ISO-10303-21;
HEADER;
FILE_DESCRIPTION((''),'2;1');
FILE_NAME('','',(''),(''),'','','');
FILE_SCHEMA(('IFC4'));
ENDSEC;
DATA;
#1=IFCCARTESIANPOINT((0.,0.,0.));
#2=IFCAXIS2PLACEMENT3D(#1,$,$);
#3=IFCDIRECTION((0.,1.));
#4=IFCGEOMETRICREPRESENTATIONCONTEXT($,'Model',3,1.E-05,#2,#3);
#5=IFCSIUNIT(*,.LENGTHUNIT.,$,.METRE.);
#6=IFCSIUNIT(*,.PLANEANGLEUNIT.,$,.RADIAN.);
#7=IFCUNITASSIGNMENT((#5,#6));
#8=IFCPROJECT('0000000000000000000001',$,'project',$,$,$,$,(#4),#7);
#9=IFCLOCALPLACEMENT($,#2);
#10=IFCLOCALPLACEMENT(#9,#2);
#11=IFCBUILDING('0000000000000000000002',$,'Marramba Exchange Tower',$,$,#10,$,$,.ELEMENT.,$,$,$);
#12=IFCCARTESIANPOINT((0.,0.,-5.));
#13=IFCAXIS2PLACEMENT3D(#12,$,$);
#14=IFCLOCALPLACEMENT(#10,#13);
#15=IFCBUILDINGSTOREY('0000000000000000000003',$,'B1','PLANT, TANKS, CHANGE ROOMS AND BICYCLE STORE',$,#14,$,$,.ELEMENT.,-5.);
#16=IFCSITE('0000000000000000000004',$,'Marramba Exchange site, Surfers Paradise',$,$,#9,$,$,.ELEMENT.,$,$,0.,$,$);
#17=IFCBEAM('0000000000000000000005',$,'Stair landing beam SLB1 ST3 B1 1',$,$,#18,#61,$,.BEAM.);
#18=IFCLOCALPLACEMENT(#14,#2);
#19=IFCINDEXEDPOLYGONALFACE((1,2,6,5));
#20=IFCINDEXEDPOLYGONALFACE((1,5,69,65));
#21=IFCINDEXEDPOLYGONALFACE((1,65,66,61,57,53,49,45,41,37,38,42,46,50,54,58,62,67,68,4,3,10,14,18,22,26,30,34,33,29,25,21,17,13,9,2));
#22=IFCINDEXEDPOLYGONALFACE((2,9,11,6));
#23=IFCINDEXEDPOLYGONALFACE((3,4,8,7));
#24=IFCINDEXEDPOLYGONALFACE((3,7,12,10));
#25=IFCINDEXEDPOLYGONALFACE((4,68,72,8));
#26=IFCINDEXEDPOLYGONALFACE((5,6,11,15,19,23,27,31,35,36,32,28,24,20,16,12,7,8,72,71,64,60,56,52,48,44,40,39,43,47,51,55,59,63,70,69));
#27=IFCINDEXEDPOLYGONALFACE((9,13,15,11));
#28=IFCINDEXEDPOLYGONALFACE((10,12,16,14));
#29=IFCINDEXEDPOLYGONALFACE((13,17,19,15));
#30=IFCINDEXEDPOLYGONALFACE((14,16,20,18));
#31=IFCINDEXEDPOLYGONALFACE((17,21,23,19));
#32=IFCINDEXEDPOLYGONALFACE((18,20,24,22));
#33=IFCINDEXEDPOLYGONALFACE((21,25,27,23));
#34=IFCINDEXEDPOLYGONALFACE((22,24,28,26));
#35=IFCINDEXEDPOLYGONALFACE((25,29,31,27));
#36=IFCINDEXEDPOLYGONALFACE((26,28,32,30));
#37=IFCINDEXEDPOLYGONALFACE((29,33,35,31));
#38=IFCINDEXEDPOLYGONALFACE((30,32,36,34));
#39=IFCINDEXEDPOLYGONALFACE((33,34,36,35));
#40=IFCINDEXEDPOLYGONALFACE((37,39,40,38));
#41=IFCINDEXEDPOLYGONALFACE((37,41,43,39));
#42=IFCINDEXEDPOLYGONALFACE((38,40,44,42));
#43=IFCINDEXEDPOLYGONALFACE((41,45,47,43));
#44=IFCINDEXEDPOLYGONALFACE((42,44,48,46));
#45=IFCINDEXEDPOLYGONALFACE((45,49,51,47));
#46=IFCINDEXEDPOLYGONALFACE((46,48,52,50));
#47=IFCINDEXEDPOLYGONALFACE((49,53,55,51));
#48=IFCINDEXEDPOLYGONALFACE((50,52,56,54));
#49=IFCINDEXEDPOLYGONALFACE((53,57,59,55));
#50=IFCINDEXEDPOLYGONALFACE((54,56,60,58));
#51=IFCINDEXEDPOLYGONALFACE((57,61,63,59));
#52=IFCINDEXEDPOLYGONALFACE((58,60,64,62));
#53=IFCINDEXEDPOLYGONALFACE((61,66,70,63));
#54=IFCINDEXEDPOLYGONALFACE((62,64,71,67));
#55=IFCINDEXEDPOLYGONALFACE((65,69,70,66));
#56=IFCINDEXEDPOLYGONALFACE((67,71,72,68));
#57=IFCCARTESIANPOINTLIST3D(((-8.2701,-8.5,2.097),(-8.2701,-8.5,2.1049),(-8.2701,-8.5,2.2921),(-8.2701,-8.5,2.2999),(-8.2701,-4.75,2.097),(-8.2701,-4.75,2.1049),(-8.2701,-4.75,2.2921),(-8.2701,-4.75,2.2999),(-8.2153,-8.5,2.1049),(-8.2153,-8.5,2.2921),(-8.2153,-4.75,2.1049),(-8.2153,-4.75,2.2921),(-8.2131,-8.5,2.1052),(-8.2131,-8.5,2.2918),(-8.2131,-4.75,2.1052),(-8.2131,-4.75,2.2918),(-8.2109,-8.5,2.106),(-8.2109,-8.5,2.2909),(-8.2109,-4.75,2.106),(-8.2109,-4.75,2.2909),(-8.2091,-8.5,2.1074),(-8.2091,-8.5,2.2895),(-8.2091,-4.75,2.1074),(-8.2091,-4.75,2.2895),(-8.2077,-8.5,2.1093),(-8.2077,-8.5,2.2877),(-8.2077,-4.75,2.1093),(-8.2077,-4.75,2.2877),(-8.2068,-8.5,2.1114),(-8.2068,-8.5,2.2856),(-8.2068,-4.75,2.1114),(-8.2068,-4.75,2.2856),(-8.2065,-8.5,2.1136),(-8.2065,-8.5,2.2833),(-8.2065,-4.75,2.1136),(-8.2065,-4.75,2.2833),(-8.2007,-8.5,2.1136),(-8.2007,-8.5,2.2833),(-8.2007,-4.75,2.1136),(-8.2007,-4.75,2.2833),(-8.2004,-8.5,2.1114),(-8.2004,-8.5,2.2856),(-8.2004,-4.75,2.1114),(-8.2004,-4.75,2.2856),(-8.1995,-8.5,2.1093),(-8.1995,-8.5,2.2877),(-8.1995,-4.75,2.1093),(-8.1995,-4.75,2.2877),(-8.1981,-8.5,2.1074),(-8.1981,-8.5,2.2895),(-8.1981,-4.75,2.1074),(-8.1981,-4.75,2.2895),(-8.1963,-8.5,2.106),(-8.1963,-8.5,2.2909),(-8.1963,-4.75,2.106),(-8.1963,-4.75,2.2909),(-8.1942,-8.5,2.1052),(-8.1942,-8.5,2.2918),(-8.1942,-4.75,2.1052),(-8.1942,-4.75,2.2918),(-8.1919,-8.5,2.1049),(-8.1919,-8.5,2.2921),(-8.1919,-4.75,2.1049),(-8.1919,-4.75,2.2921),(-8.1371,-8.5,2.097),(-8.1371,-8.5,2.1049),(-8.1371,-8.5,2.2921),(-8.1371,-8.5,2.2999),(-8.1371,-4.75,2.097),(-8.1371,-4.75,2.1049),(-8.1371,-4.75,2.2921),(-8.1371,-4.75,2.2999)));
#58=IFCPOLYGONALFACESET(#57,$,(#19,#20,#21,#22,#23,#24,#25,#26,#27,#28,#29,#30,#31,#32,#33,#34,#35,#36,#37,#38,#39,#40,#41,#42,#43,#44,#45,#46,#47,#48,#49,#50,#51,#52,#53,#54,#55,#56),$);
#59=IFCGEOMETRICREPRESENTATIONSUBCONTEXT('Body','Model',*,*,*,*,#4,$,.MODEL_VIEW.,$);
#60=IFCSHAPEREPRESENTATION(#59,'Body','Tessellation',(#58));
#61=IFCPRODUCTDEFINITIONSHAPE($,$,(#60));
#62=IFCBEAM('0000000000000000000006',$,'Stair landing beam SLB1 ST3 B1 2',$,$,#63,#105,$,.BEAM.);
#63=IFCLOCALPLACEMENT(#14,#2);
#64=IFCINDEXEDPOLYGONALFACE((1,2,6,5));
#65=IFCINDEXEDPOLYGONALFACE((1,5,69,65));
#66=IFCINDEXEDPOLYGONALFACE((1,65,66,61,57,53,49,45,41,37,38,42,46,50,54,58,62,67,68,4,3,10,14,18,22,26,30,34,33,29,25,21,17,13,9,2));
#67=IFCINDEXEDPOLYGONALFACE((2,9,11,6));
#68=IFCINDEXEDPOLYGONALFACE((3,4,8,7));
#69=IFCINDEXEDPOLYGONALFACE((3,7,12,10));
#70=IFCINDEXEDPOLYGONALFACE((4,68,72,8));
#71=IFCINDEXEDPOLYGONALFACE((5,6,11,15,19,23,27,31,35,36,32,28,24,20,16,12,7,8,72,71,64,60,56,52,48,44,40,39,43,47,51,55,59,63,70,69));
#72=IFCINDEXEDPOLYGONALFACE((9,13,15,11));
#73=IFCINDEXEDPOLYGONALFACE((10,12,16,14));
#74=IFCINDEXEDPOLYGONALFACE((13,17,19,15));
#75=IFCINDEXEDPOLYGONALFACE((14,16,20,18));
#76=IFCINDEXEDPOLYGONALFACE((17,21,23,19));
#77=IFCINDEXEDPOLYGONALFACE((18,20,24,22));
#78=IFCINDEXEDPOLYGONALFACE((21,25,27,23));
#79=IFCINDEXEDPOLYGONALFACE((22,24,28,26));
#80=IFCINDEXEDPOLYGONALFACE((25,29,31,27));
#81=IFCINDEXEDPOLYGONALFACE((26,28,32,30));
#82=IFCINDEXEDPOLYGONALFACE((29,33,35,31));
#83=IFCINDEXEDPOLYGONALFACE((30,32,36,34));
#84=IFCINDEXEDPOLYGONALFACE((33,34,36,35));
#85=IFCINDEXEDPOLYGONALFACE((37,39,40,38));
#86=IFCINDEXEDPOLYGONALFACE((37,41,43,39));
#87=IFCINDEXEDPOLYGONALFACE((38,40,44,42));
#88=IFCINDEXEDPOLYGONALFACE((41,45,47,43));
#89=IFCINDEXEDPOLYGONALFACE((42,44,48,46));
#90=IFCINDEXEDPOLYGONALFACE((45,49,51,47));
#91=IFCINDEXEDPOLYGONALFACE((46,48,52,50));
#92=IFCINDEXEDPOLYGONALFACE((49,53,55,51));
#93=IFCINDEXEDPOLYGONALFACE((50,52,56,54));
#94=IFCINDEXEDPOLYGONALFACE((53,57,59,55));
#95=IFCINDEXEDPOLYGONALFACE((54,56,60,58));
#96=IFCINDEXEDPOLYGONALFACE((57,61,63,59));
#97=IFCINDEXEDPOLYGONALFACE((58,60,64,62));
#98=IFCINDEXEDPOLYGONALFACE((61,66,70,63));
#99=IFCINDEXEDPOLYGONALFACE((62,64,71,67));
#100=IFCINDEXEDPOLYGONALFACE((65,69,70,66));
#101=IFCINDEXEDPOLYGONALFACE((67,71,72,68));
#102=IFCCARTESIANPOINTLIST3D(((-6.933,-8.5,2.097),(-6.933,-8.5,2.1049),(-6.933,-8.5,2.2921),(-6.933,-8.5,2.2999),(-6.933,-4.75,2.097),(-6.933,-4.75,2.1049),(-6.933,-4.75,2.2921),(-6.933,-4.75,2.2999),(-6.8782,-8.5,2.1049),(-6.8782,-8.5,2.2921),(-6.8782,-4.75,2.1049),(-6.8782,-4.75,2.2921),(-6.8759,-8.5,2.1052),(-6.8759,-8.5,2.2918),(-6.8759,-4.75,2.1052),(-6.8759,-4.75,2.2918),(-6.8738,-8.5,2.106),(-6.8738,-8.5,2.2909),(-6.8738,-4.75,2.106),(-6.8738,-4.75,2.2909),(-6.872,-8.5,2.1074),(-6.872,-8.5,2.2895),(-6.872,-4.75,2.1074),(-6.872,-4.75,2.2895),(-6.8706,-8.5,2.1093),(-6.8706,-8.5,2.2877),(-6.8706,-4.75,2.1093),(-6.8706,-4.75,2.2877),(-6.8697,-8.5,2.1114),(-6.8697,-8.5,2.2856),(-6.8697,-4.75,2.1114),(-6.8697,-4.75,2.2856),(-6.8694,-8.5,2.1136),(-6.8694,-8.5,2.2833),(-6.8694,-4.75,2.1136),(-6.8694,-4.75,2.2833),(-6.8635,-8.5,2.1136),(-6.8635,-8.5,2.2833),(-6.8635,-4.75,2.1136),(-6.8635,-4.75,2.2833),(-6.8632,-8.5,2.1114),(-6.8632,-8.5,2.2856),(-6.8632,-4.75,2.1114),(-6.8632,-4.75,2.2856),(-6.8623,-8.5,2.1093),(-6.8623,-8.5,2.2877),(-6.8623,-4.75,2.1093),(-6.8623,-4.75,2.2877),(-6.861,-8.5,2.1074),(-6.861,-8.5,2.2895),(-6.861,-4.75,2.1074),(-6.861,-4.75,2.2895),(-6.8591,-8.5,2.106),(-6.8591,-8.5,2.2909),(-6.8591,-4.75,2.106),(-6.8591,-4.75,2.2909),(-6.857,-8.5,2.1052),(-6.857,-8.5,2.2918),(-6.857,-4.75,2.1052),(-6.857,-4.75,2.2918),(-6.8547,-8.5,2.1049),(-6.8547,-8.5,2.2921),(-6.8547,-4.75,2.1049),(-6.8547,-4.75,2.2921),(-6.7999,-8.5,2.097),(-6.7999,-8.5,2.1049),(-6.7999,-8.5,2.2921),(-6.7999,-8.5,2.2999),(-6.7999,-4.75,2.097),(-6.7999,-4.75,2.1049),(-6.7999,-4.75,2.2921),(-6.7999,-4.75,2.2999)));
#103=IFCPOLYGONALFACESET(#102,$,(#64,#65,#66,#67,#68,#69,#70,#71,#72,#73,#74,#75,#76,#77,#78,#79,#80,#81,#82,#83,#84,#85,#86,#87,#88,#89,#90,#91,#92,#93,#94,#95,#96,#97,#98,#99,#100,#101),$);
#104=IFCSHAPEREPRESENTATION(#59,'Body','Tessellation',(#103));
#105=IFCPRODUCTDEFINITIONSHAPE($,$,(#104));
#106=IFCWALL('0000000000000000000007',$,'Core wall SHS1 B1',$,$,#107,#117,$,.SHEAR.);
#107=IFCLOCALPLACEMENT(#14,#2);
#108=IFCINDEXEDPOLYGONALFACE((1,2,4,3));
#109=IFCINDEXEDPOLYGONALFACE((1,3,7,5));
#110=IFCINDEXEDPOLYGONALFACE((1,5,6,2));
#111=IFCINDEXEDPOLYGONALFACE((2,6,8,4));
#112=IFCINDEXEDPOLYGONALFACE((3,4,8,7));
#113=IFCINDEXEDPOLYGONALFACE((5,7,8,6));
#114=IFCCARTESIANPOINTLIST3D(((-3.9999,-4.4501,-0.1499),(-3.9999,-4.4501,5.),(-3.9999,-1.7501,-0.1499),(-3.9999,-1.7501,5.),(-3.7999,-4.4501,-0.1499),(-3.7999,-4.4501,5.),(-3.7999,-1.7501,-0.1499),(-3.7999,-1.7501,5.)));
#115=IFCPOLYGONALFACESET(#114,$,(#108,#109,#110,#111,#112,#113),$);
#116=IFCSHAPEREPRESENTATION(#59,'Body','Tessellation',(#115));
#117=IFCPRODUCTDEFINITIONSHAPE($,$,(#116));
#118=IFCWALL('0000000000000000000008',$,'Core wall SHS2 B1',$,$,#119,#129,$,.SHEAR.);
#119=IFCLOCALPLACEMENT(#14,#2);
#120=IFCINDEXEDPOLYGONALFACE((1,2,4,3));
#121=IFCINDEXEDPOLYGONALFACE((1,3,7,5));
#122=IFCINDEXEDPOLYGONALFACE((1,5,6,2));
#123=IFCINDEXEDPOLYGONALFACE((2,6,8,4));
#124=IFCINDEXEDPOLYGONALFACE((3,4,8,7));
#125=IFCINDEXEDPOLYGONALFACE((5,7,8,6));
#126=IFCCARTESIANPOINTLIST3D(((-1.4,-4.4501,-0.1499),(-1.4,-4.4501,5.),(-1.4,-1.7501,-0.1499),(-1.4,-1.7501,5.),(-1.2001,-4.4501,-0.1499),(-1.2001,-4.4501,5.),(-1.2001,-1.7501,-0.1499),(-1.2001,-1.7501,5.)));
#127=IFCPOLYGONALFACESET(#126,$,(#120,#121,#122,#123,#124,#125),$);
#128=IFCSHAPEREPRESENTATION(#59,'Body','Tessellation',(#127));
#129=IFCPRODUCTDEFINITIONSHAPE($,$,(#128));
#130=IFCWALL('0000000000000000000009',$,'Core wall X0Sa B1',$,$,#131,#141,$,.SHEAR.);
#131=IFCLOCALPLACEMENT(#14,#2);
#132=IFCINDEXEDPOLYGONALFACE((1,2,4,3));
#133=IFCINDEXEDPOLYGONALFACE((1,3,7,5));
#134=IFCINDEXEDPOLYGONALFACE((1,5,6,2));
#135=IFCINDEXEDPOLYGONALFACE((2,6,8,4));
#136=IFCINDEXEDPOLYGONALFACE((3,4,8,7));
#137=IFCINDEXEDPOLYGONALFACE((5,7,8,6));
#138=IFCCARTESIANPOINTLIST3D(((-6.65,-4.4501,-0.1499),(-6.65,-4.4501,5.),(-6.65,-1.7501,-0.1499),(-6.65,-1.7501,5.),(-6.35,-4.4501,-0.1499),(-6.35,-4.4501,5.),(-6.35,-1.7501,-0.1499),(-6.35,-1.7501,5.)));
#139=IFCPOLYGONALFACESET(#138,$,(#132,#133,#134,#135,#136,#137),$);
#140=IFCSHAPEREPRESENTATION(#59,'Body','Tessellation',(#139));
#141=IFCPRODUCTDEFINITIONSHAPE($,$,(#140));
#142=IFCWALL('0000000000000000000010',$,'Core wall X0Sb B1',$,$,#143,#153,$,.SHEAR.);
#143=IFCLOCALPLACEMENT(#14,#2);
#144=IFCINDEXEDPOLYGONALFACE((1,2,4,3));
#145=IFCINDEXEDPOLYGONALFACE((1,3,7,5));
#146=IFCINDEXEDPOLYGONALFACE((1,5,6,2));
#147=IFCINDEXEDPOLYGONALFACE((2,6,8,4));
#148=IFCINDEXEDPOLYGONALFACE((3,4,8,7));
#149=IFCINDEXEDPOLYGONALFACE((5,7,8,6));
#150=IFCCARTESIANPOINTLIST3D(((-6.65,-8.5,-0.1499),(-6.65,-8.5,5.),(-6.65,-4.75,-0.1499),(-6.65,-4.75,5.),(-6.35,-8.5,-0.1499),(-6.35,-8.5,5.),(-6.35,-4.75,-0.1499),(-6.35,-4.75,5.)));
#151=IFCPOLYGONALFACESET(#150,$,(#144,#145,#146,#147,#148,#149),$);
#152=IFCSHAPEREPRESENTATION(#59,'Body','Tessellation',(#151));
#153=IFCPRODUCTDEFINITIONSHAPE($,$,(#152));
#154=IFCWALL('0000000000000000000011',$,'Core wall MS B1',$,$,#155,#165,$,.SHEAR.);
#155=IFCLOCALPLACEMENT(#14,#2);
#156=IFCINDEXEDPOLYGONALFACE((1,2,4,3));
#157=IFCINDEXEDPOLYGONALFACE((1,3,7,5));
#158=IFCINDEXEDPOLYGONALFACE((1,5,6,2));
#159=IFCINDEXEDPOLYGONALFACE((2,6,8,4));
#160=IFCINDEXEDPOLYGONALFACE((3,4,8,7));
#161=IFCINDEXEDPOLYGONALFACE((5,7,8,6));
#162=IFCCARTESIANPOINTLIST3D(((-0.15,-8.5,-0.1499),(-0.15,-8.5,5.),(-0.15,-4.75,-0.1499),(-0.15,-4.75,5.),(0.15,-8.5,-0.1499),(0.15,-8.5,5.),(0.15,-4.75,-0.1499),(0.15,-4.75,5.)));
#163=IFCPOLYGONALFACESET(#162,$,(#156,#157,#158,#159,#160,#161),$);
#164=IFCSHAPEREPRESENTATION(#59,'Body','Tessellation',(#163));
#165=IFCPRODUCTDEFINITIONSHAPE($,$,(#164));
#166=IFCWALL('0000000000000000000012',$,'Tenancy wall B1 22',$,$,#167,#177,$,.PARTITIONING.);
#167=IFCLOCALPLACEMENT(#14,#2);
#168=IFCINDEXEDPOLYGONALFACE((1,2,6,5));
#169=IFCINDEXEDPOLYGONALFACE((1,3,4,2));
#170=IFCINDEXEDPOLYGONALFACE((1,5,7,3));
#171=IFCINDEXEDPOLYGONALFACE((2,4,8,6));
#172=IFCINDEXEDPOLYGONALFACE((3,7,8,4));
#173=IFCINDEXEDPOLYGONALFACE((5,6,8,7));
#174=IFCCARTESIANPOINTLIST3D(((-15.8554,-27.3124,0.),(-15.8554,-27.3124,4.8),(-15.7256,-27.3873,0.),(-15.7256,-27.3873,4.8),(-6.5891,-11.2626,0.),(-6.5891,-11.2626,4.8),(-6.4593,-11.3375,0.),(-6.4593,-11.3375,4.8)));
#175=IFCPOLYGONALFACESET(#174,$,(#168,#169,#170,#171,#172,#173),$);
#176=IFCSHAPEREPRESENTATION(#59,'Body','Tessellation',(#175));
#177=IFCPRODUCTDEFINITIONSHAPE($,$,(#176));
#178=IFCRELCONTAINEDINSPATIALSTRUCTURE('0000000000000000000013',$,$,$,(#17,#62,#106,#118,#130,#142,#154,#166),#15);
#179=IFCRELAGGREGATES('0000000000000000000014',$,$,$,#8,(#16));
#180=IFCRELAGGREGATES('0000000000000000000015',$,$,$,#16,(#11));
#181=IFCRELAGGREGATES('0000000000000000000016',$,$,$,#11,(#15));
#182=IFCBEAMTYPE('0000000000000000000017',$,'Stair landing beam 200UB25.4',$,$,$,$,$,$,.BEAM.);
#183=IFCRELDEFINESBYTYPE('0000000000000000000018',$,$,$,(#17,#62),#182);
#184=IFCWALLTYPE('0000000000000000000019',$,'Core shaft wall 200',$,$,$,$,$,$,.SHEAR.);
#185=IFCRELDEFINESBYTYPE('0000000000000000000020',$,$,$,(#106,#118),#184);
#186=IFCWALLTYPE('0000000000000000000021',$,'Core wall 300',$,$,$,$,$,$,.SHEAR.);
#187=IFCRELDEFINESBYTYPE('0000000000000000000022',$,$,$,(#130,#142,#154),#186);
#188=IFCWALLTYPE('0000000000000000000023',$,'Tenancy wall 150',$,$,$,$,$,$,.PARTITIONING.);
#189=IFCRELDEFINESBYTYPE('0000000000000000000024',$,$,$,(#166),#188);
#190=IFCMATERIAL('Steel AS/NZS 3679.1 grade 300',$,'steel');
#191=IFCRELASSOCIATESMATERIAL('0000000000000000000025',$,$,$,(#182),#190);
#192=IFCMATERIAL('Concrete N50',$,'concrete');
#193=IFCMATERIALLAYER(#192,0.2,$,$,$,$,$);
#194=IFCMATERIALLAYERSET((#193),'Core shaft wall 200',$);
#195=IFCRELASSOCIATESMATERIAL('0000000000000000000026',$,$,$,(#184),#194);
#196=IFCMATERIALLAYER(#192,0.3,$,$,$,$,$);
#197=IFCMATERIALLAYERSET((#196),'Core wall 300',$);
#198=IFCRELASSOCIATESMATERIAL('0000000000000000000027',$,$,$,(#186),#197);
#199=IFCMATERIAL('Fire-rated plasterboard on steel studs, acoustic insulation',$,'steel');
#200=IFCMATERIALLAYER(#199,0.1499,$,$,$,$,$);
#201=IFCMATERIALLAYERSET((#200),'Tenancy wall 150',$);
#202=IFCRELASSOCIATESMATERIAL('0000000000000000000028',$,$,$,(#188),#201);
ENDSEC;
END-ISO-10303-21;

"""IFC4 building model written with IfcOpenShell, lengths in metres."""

from ifc_helpers import new_model, si_unit, direction, frame, frame_2d, origin, origin_2d, place, context, subcontext, project, spatial, rectangle, i_section, extrude, material, layer, layer_set, material_profile, profile_set, type_object, element, save


model = new_model("IFC4")

# Units and contexts
model_context = context("Model", 3, precision=1e-05, world=origin(), true_north=direction((0.0, 1.0)))
body_context = subcontext(model_context, "Body", "Model", "MODEL_VIEW")
ifc_project = project(units=[si_unit("LENGTHUNIT", "METRE"), si_unit("PLANEANGLEUNIT", "RADIAN")], contexts=[model_context])

# Site, building, storey
site_placement = place(None, origin())
site = spatial("IfcSite", under=ifc_project, at=site_placement, Name="Marramba Exchange site, Surfers Paradise", CompositionType="ELEMENT", RefElevation=0.0)
building_placement = place(site_placement, origin())
building = spatial("IfcBuilding", under=site, at=building_placement, Name="Marramba Exchange Tower", CompositionType="ELEMENT")
storey_placement = place(building_placement, frame((0.0, 0.0, -5.0)))
storey = spatial("IfcBuildingStorey", under=building, at=storey_placement, Name="B1", Description="PLANT, TANKS, CHANGE ROOMS AND BICYCLE STORE", CompositionType="ELEMENT", Elevation=-5.0)

# Shared definitions
ifc_material_1 = material(Name="Concrete N50", Category="concrete")

# Beams
ifc_material_2 = material(Name="Steel AS/NZS 3679.1 grade 300", Category="steel")
ifc_material_profile_1 = material_profile(ifc_material_2, i_section(OverallWidth=0.1331, OverallDepth=0.2029, WebThickness=0.0059, FlangeThickness=0.0078, FilletRadius=0.0088, at=origin_2d()), Name="200UB25.4")
ifc_profile_set_1 = profile_set([ifc_material_profile_1], Name="Steel AS/NZS 3679.1 grade 300")
beam_type = type_object("IfcBeamType", Name="Stair landing beam 200UB25.4", PredefinedType="BEAM", material=ifc_profile_set_1)
for number, where, z_axis, x_axis, name in (
    (1, (-8.2036, -8.5, 2.1985), (0.0, 1.0, 0.0), (-1.0, 0.0, 0.0), "Stair landing beam SLB1 ST3 B1 1"),
    (2, (-6.8665, -8.5, 2.1985), (0.0, 1.0, 0.0), (-1.0, 0.0, 0.0), "Stair landing beam SLB1 ST3 B1 2"),
):
    element("IfcBeam", number, at=place(storey_placement, frame(where, z_axis=z_axis, x_axis=x_axis)), inside=storey, type_object=beam_type, Name=name, PredefinedType="BEAM", context=body_context, shape_type="SweptSolid", body=[
        extrude(i_section(OverallWidth=0.1331, OverallDepth=0.2029, WebThickness=0.0059, FlangeThickness=0.0078, FilletRadius=0.0088, at=origin_2d()), origin(), (0.0, 0.0, 1.0), 3.75),
    ])

# Walls
ifc_layer_1 = layer(ifc_material_1, 0.2)
ifc_layer_set_1 = layer_set([ifc_layer_1], Name="Core shaft wall 200")
wall_type_1 = type_object("IfcWallType", Name="Core shaft wall 200", PredefinedType="SHEAR", material=ifc_layer_set_1)
for number, where, z_axis, x_axis, name in (
    (3, (-3.8999, -1.75, -0.1499), (0.0, 0.0, 1.0), (0.0, -1.0, 0.0), "Core wall SHS1 B1"),
    (4, (-1.3, -1.75, -0.1499), (0.0, 0.0, 1.0), (0.0, -1.0, 0.0), "Core wall SHS2 B1"),
):
    element("IfcWall", number, at=place(storey_placement, frame(where, z_axis=z_axis, x_axis=x_axis)), inside=storey, type_object=wall_type_1, Name=name, PredefinedType="SHEAR", context=body_context, shape_type="SweptSolid", body=[
        extrude(rectangle(XDim=2.7, YDim=0.2, at=frame_2d((1.3501, 0.0))), origin(), (0.0, 0.0, 1.0), 5.1499),
    ])
ifc_layer_2 = layer(ifc_material_1, 0.3)
ifc_layer_set_2 = layer_set([ifc_layer_2], Name="Core wall 300")
wall_type_2 = type_object("IfcWallType", Name="Core wall 300", PredefinedType="SHEAR", material=ifc_layer_set_2)
wall_1_placement = place(storey_placement, frame((-6.5, -1.75, -0.1499), z_axis=(0.0, 0.0, 1.0), x_axis=(0.0, -1.0, 0.0)))
element("IfcWall", 5, at=wall_1_placement, inside=storey, type_object=wall_type_2, Name="Core wall X0Sa B1", PredefinedType="SHEAR", context=body_context, shape_type="SweptSolid", body=[
    extrude(rectangle(XDim=2.7, YDim=0.3, at=frame_2d((1.3501, 0.0))), origin(), (0.0, 0.0, 1.0), 5.1499),
])
for number, where, z_axis, x_axis, name in (
    (6, (-6.5, -4.75, -0.1499), (0.0, 0.0, 1.0), (0.0, -1.0, 0.0), "Core wall X0Sb B1"),
    (7, (0.0, -4.75, -0.1499), (0.0, 0.0, 1.0), (0.0, -1.0, 0.0), "Core wall MS B1"),
):
    element("IfcWall", number, at=place(storey_placement, frame(where, z_axis=z_axis, x_axis=x_axis)), inside=storey, type_object=wall_type_2, Name=name, PredefinedType="SHEAR", context=body_context, shape_type="SweptSolid", body=[
        extrude(rectangle(XDim=3.75, YDim=0.3, at=frame_2d((1.875, 0.0))), origin(), (0.0, 0.0, 1.0), 5.1499),
    ])
ifc_material_3 = material(Name="Fire-rated plasterboard on steel studs, acoustic insulation", Category="steel")
ifc_layer_3 = layer(ifc_material_3, 0.1499)
ifc_layer_set_3 = layer_set([ifc_layer_3], Name="Tenancy wall 150")
wall_type_3 = type_object("IfcWallType", Name="Tenancy wall 150", PredefinedType="PARTITIONING", material=ifc_layer_set_3)
wall_2_placement = place(storey_placement, frame((-6.5242, -11.3, 0.0), z_axis=(0.0, 0.0, 1.0), x_axis=(-0.5, -0.866025, 0.0)))
element("IfcWall", 8, at=wall_2_placement, inside=storey, type_object=wall_type_3, Name="Tenancy wall B1 22", PredefinedType="PARTITIONING", context=body_context, shape_type="SweptSolid", body=[
    extrude(rectangle(XDim=18.5327, YDim=0.1499, at=frame_2d((9.2664, 0.0))), origin(), (0.0, 0.0, 1.0), 4.8),
])

save(model, "model.ifc")
